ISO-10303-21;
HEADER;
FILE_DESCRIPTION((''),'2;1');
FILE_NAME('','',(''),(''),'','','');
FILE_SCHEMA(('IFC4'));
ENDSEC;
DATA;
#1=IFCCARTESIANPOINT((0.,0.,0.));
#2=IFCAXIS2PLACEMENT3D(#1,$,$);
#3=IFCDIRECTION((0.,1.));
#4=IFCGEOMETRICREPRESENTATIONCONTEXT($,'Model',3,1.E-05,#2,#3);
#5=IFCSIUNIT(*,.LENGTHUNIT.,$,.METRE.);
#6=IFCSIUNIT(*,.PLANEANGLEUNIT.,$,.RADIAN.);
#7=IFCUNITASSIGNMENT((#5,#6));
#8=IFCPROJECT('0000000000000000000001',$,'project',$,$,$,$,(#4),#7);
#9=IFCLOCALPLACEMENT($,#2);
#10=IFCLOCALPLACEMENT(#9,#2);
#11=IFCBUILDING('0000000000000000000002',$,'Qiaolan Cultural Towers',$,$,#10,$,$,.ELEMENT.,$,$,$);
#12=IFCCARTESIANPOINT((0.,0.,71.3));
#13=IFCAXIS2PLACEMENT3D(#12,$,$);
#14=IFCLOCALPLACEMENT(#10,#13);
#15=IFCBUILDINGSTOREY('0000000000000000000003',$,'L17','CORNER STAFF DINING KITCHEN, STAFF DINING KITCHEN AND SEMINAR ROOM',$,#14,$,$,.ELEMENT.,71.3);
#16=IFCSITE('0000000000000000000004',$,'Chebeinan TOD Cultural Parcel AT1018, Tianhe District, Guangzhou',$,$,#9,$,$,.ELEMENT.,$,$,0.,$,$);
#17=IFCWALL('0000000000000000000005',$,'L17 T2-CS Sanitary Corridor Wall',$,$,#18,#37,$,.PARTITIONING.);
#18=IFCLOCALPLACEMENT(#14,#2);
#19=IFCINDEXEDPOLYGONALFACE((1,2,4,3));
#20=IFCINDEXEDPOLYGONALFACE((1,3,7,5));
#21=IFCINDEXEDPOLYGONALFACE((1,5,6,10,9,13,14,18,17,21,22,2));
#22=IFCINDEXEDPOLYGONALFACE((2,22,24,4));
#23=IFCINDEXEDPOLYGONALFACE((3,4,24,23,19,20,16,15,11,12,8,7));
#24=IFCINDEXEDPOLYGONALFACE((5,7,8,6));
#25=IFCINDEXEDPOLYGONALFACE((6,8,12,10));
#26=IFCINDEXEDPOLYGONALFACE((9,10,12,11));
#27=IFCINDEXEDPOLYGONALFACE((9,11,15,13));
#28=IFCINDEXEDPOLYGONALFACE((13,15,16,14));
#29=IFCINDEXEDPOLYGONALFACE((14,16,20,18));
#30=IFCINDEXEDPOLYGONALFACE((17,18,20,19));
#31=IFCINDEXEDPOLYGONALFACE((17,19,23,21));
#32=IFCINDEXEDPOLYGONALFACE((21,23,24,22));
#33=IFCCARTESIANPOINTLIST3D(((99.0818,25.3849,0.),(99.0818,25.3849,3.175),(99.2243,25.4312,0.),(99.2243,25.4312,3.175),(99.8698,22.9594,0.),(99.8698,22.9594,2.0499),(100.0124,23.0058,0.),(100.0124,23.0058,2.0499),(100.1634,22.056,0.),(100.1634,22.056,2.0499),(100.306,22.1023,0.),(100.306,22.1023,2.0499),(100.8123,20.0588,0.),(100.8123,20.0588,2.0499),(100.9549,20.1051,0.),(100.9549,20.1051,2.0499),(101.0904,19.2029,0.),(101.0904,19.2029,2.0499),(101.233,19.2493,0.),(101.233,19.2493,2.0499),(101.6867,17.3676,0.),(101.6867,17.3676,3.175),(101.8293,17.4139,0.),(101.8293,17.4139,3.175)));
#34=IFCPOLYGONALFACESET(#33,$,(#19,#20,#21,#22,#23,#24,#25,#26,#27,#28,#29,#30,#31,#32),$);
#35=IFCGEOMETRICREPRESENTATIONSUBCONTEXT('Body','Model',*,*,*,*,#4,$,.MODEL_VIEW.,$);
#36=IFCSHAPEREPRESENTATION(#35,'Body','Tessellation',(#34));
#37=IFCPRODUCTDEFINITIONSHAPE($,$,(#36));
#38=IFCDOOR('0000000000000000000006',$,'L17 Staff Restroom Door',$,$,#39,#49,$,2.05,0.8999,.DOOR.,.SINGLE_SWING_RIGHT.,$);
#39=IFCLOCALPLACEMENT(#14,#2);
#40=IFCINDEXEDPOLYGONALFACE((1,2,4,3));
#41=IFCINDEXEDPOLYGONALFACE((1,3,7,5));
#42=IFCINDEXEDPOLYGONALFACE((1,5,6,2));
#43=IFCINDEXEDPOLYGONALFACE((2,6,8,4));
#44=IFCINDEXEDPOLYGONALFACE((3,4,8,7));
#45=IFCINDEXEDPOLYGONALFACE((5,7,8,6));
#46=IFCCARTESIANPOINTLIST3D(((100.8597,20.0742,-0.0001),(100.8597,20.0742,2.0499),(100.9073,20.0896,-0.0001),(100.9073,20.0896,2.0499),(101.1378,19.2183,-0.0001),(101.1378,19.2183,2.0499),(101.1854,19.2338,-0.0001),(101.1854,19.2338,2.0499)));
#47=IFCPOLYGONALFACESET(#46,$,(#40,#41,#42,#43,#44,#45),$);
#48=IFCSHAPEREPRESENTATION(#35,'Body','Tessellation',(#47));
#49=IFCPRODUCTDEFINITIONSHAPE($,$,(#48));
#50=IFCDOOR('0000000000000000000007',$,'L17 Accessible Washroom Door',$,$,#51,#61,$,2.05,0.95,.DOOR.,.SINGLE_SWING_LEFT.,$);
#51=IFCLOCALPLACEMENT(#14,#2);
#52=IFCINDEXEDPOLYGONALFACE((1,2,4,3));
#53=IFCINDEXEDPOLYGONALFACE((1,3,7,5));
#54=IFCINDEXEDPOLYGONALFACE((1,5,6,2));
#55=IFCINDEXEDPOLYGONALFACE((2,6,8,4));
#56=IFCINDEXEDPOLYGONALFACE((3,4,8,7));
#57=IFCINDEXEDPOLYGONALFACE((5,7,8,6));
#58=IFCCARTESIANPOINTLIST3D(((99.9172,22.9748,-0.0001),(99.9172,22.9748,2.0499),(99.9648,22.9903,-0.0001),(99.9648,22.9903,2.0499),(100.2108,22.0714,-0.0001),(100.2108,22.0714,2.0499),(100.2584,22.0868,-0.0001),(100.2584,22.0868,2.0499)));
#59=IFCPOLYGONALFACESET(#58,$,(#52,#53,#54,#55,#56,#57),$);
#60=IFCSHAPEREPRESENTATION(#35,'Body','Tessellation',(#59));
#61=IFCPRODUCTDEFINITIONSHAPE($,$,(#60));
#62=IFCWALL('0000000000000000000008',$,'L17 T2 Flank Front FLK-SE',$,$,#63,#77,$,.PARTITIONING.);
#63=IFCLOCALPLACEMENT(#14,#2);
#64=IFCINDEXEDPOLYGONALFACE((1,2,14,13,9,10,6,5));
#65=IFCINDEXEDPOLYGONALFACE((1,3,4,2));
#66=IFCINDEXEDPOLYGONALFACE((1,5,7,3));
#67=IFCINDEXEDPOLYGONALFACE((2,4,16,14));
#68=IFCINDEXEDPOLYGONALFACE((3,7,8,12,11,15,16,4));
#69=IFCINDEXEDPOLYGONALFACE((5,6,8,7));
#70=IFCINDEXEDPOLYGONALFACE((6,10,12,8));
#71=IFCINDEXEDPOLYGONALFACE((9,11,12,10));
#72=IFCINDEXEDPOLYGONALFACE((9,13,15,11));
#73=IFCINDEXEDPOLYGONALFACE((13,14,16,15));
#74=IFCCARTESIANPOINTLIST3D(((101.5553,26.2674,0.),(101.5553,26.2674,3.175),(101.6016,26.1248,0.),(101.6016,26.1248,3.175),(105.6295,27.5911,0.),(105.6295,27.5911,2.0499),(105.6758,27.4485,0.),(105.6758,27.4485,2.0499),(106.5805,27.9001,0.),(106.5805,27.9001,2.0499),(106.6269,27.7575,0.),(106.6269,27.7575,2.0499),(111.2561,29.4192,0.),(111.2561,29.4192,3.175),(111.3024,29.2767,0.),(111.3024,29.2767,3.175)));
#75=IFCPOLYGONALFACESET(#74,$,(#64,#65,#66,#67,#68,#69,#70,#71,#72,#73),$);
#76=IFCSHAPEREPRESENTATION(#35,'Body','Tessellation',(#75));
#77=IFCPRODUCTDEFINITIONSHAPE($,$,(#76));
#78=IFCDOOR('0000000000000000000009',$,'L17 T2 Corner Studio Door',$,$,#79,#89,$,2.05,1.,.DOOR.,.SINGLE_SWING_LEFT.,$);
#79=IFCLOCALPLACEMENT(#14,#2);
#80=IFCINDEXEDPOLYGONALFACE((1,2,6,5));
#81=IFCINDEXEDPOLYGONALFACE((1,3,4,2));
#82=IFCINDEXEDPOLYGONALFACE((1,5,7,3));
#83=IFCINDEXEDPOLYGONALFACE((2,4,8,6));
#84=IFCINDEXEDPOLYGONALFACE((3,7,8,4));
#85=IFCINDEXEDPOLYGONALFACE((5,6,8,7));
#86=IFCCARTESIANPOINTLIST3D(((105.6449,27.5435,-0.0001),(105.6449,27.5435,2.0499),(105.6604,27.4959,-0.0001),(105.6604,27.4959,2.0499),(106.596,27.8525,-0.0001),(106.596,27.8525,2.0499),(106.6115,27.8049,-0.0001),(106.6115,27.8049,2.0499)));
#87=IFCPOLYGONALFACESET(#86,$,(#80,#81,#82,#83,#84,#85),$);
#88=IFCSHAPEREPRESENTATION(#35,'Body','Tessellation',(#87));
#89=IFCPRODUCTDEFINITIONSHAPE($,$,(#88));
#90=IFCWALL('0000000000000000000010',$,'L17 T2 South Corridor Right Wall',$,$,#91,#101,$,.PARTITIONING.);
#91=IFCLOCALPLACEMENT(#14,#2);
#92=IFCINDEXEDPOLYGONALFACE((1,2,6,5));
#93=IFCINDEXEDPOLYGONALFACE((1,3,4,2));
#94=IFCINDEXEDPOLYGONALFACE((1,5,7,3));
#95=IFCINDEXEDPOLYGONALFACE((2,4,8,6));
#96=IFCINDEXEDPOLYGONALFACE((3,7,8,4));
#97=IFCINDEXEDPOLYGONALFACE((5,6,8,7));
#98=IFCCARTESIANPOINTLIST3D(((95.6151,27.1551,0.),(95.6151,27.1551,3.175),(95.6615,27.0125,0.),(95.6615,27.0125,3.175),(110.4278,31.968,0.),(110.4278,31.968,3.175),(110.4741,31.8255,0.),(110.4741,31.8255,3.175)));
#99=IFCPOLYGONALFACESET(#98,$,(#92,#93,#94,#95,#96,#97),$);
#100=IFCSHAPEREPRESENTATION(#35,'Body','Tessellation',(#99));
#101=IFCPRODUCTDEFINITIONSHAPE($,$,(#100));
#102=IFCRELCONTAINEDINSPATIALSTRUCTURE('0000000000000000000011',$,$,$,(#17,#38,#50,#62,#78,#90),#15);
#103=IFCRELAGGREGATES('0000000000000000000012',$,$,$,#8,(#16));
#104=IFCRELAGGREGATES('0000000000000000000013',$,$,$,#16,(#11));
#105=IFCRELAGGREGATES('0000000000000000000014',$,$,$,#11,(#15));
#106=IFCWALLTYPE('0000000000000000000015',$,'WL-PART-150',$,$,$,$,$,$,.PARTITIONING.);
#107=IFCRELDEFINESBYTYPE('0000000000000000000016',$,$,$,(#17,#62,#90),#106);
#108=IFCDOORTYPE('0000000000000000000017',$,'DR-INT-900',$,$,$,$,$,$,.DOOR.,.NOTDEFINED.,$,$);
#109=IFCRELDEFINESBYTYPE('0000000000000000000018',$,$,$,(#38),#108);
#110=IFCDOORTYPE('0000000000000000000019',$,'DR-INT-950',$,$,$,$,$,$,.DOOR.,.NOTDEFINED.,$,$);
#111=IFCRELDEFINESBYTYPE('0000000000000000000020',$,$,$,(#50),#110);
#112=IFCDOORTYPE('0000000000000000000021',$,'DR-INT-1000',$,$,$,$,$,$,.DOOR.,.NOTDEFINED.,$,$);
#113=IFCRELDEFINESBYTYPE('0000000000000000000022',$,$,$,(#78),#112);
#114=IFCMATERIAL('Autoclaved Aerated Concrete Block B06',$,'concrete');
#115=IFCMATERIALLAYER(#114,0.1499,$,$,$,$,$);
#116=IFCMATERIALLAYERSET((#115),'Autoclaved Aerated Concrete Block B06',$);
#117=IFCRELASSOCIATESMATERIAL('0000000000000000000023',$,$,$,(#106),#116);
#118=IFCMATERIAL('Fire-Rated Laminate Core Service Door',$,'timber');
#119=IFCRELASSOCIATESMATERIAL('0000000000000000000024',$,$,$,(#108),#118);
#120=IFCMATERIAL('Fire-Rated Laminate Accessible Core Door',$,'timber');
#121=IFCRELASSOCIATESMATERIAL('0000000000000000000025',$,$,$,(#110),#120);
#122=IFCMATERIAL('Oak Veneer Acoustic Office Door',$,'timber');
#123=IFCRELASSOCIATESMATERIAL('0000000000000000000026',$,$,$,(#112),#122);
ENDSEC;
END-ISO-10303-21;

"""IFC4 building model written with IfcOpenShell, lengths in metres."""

from ifc_helpers import new_model, si_unit, direction, frame, frame_2d, origin, place, context, subcontext, project, spatial, rectangle, extrude, material, layer, layer_set, type_object, element, fill, save


model = new_model("IFC4")

# Units and contexts
model_context = context("Model", 3, precision=1e-05, world=origin(), true_north=direction((0.0, 1.0)))
body_context = subcontext(model_context, "Body", "Model", "MODEL_VIEW")
ifc_project = project(units=[si_unit("LENGTHUNIT", "METRE"), si_unit("PLANEANGLEUNIT", "RADIAN")], contexts=[model_context])

# Site, building, storey
site_placement = place(None, origin())
site = spatial("IfcSite", under=ifc_project, at=site_placement, Name="Chebeinan TOD Cultural Parcel AT1018, Tianhe District, Guangzhou", CompositionType="ELEMENT", RefElevation=0.0)
building_placement = place(site_placement, origin())
building = spatial("IfcBuilding", under=site, at=building_placement, Name="Qiaolan Cultural Towers", CompositionType="ELEMENT")
storey_placement = place(building_placement, frame((0.0, 0.0, 71.3)))
storey = spatial("IfcBuildingStorey", under=building, at=storey_placement, Name="L17", Description="CORNER STAFF DINING KITCHEN, STAFF DINING KITCHEN AND SEMINAR ROOM", CompositionType="ELEMENT", Elevation=71.3)

# Wall, openings, doors
ifc_material_1 = material(Name="Autoclaved Aerated Concrete Block B06", Category="concrete")
ifc_layer_1 = layer(ifc_material_1, 0.1499)
ifc_layer_set_1 = layer_set([ifc_layer_1], Name="Autoclaved Aerated Concrete Block B06")
wall_type_1 = type_object("IfcWallType", Name="WL-PART-150", PredefinedType="PARTITIONING", material=ifc_layer_set_1)
wall_1_placement = place(storey_placement, frame((99.1531, 25.408, 0.0), z_axis=(0.0, 0.0, 1.0), x_axis=(0.309016, -0.951057, 0.0)))
wall_1 = element("IfcWall", 1, at=wall_1_placement, inside=storey, type_object=wall_type_1, Name="L17 T2-CS Sanitary Corridor Wall", PredefinedType="PARTITIONING", context=body_context, shape_type="SweptSolid", body=[
    extrude(rectangle(XDim=8.4299, YDim=0.1499, at=frame_2d((4.2148, 0.0))), origin(), (0.0, 0.0, 1.0), 3.175),
])
opening_1_placement = place(wall_1_placement, frame((2.55, 0.0, 0.0)))
opening_1 = element("IfcOpeningElement", 2, at=opening_1_placement, cuts=wall_1, PredefinedType="OPENING", context=body_context, shape_type="SweptSolid", body=[
    extrude(rectangle(XDim=0.95, YDim=2.05, at=frame_2d((0.4751, 1.0249))), frame((0.0, 0.085, 0.0), z_axis=(0.0, -1.0, 0.0), x_axis=(1.0, 0.0, 0.0)), (0.0, 0.0, 1.0), 0.1699),
])
opening_2_placement = place(wall_1_placement, frame((5.6001, 0.0, 0.0)))
opening_2 = element("IfcOpeningElement", 3, at=opening_2_placement, cuts=wall_1, PredefinedType="OPENING", context=body_context, shape_type="SweptSolid", body=[
    extrude(rectangle(XDim=0.8999, YDim=2.05, at=frame_2d((0.45, 1.0249))), frame((0.0, 0.085, 0.0), z_axis=(0.0, -1.0, 0.0), x_axis=(1.0, 0.0, 0.0)), (0.0, 0.0, 1.0), 0.1699),
])
ifc_material_2 = material(Name="Fire-Rated Laminate Core Service Door", Category="timber")
door_type_1 = type_object("IfcDoorType", Name="DR-INT-900", OperationType="NOTDEFINED", PredefinedType="DOOR", material=ifc_material_2)
door_1_placement = place(opening_2_placement, origin())
door_1 = element("IfcDoor", 4, at=door_1_placement, inside=storey, type_object=door_type_1, Name="L17 Staff Restroom Door", OperationType="SINGLE_SWING_RIGHT", OverallHeight=2.05, OverallWidth=0.8999, PredefinedType="DOOR", context=body_context, shape_type="SweptSolid", body=[
    extrude(rectangle(XDim=0.8999, YDim=2.05, at=frame_2d((0.45, 1.0249))), frame((0.0, 0.0249, 0.0), z_axis=(0.0, -1.0, 0.0), x_axis=(1.0, 0.0, 0.0)), (0.0, 0.0, 1.0), 0.05),
])
fill(opening_2, door_1)
ifc_material_3 = material(Name="Fire-Rated Laminate Accessible Core Door", Category="timber")
door_type_2 = type_object("IfcDoorType", Name="DR-INT-950", OperationType="NOTDEFINED", PredefinedType="DOOR", material=ifc_material_3)
door_2_placement = place(opening_1_placement, origin())
door_2 = element("IfcDoor", 5, at=door_2_placement, inside=storey, type_object=door_type_2, Name="L17 Accessible Washroom Door", OperationType="SINGLE_SWING_LEFT", OverallHeight=2.05, OverallWidth=0.95, PredefinedType="DOOR", context=body_context, shape_type="SweptSolid", body=[
    extrude(rectangle(XDim=0.95, YDim=2.05, at=frame_2d((0.4751, 1.0249))), frame((0.0, 0.0249, 0.0), z_axis=(0.0, -1.0, 0.0), x_axis=(1.0, 0.0, 0.0)), (0.0, 0.0, 1.0), 0.05),
])
fill(opening_1, door_2)

# Wall, opening, door
wall_2_placement = place(storey_placement, frame((101.5784, 26.196, 0.0), z_axis=(0.0, 0.0, 1.0), x_axis=(0.951059, 0.309009, 0.0)))
wall_2 = element("IfcWall", 6, at=wall_2_placement, inside=storey, type_object=wall_type_1, Name="L17 T2 Flank Front FLK-SE", PredefinedType="PARTITIONING", context=body_context, shape_type="SweptSolid", body=[
    extrude(rectangle(XDim=10.2, YDim=0.1499, at=frame_2d((5.1001, 0.0))), origin(), (0.0, 0.0, 1.0), 3.175),
])
opening_3_placement = place(wall_2_placement, frame((4.2839, 0.0, 0.0)))
opening_3 = element("IfcOpeningElement", 7, at=opening_3_placement, cuts=wall_2, PredefinedType="OPENING", context=body_context, shape_type="SweptSolid", body=[
    extrude(rectangle(XDim=1.0, YDim=2.05, at=frame_2d((0.5, 1.0249))), frame((0.0, 0.085, 0.0), z_axis=(0.0, -1.0, 0.0), x_axis=(1.0, 0.0, 0.0)), (0.0, 0.0, 1.0), 0.1699),
])
ifc_material_4 = material(Name="Oak Veneer Acoustic Office Door", Category="timber")
door_type_3 = type_object("IfcDoorType", Name="DR-INT-1000", OperationType="NOTDEFINED", PredefinedType="DOOR", material=ifc_material_4)
door_3_placement = place(opening_3_placement, origin())
door_3 = element("IfcDoor", 8, at=door_3_placement, inside=storey, type_object=door_type_3, Name="L17 T2 Corner Studio Door", OperationType="SINGLE_SWING_LEFT", OverallHeight=2.05, OverallWidth=1.0, PredefinedType="DOOR", context=body_context, shape_type="SweptSolid", body=[
    extrude(rectangle(XDim=1.0, YDim=2.05, at=frame_2d((0.5, 1.0249))), frame((0.0, 0.0249, 0.0), z_axis=(0.0, -1.0, 0.0), x_axis=(1.0, 0.0, 0.0)), (0.0, 0.0, 1.0), 0.05),
])
fill(opening_3, door_3)

# Wall
wall_3_placement = place(storey_placement, frame((95.6382, 27.0837, 0.0), z_axis=(0.0, 0.0, 1.0), x_axis=(0.951056, 0.309019, 0.0)))
element("IfcWall", 9, at=wall_3_placement, inside=storey, type_object=wall_type_1, Name="L17 T2 South Corridor Right Wall", PredefinedType="PARTITIONING", context=body_context, shape_type="SweptSolid", body=[
    extrude(rectangle(XDim=15.575, YDim=0.1499, at=frame_2d((7.7876, 0.0))), origin(), (0.0, 0.0, 1.0), 3.175),
])

save(model, "model.ifc")
